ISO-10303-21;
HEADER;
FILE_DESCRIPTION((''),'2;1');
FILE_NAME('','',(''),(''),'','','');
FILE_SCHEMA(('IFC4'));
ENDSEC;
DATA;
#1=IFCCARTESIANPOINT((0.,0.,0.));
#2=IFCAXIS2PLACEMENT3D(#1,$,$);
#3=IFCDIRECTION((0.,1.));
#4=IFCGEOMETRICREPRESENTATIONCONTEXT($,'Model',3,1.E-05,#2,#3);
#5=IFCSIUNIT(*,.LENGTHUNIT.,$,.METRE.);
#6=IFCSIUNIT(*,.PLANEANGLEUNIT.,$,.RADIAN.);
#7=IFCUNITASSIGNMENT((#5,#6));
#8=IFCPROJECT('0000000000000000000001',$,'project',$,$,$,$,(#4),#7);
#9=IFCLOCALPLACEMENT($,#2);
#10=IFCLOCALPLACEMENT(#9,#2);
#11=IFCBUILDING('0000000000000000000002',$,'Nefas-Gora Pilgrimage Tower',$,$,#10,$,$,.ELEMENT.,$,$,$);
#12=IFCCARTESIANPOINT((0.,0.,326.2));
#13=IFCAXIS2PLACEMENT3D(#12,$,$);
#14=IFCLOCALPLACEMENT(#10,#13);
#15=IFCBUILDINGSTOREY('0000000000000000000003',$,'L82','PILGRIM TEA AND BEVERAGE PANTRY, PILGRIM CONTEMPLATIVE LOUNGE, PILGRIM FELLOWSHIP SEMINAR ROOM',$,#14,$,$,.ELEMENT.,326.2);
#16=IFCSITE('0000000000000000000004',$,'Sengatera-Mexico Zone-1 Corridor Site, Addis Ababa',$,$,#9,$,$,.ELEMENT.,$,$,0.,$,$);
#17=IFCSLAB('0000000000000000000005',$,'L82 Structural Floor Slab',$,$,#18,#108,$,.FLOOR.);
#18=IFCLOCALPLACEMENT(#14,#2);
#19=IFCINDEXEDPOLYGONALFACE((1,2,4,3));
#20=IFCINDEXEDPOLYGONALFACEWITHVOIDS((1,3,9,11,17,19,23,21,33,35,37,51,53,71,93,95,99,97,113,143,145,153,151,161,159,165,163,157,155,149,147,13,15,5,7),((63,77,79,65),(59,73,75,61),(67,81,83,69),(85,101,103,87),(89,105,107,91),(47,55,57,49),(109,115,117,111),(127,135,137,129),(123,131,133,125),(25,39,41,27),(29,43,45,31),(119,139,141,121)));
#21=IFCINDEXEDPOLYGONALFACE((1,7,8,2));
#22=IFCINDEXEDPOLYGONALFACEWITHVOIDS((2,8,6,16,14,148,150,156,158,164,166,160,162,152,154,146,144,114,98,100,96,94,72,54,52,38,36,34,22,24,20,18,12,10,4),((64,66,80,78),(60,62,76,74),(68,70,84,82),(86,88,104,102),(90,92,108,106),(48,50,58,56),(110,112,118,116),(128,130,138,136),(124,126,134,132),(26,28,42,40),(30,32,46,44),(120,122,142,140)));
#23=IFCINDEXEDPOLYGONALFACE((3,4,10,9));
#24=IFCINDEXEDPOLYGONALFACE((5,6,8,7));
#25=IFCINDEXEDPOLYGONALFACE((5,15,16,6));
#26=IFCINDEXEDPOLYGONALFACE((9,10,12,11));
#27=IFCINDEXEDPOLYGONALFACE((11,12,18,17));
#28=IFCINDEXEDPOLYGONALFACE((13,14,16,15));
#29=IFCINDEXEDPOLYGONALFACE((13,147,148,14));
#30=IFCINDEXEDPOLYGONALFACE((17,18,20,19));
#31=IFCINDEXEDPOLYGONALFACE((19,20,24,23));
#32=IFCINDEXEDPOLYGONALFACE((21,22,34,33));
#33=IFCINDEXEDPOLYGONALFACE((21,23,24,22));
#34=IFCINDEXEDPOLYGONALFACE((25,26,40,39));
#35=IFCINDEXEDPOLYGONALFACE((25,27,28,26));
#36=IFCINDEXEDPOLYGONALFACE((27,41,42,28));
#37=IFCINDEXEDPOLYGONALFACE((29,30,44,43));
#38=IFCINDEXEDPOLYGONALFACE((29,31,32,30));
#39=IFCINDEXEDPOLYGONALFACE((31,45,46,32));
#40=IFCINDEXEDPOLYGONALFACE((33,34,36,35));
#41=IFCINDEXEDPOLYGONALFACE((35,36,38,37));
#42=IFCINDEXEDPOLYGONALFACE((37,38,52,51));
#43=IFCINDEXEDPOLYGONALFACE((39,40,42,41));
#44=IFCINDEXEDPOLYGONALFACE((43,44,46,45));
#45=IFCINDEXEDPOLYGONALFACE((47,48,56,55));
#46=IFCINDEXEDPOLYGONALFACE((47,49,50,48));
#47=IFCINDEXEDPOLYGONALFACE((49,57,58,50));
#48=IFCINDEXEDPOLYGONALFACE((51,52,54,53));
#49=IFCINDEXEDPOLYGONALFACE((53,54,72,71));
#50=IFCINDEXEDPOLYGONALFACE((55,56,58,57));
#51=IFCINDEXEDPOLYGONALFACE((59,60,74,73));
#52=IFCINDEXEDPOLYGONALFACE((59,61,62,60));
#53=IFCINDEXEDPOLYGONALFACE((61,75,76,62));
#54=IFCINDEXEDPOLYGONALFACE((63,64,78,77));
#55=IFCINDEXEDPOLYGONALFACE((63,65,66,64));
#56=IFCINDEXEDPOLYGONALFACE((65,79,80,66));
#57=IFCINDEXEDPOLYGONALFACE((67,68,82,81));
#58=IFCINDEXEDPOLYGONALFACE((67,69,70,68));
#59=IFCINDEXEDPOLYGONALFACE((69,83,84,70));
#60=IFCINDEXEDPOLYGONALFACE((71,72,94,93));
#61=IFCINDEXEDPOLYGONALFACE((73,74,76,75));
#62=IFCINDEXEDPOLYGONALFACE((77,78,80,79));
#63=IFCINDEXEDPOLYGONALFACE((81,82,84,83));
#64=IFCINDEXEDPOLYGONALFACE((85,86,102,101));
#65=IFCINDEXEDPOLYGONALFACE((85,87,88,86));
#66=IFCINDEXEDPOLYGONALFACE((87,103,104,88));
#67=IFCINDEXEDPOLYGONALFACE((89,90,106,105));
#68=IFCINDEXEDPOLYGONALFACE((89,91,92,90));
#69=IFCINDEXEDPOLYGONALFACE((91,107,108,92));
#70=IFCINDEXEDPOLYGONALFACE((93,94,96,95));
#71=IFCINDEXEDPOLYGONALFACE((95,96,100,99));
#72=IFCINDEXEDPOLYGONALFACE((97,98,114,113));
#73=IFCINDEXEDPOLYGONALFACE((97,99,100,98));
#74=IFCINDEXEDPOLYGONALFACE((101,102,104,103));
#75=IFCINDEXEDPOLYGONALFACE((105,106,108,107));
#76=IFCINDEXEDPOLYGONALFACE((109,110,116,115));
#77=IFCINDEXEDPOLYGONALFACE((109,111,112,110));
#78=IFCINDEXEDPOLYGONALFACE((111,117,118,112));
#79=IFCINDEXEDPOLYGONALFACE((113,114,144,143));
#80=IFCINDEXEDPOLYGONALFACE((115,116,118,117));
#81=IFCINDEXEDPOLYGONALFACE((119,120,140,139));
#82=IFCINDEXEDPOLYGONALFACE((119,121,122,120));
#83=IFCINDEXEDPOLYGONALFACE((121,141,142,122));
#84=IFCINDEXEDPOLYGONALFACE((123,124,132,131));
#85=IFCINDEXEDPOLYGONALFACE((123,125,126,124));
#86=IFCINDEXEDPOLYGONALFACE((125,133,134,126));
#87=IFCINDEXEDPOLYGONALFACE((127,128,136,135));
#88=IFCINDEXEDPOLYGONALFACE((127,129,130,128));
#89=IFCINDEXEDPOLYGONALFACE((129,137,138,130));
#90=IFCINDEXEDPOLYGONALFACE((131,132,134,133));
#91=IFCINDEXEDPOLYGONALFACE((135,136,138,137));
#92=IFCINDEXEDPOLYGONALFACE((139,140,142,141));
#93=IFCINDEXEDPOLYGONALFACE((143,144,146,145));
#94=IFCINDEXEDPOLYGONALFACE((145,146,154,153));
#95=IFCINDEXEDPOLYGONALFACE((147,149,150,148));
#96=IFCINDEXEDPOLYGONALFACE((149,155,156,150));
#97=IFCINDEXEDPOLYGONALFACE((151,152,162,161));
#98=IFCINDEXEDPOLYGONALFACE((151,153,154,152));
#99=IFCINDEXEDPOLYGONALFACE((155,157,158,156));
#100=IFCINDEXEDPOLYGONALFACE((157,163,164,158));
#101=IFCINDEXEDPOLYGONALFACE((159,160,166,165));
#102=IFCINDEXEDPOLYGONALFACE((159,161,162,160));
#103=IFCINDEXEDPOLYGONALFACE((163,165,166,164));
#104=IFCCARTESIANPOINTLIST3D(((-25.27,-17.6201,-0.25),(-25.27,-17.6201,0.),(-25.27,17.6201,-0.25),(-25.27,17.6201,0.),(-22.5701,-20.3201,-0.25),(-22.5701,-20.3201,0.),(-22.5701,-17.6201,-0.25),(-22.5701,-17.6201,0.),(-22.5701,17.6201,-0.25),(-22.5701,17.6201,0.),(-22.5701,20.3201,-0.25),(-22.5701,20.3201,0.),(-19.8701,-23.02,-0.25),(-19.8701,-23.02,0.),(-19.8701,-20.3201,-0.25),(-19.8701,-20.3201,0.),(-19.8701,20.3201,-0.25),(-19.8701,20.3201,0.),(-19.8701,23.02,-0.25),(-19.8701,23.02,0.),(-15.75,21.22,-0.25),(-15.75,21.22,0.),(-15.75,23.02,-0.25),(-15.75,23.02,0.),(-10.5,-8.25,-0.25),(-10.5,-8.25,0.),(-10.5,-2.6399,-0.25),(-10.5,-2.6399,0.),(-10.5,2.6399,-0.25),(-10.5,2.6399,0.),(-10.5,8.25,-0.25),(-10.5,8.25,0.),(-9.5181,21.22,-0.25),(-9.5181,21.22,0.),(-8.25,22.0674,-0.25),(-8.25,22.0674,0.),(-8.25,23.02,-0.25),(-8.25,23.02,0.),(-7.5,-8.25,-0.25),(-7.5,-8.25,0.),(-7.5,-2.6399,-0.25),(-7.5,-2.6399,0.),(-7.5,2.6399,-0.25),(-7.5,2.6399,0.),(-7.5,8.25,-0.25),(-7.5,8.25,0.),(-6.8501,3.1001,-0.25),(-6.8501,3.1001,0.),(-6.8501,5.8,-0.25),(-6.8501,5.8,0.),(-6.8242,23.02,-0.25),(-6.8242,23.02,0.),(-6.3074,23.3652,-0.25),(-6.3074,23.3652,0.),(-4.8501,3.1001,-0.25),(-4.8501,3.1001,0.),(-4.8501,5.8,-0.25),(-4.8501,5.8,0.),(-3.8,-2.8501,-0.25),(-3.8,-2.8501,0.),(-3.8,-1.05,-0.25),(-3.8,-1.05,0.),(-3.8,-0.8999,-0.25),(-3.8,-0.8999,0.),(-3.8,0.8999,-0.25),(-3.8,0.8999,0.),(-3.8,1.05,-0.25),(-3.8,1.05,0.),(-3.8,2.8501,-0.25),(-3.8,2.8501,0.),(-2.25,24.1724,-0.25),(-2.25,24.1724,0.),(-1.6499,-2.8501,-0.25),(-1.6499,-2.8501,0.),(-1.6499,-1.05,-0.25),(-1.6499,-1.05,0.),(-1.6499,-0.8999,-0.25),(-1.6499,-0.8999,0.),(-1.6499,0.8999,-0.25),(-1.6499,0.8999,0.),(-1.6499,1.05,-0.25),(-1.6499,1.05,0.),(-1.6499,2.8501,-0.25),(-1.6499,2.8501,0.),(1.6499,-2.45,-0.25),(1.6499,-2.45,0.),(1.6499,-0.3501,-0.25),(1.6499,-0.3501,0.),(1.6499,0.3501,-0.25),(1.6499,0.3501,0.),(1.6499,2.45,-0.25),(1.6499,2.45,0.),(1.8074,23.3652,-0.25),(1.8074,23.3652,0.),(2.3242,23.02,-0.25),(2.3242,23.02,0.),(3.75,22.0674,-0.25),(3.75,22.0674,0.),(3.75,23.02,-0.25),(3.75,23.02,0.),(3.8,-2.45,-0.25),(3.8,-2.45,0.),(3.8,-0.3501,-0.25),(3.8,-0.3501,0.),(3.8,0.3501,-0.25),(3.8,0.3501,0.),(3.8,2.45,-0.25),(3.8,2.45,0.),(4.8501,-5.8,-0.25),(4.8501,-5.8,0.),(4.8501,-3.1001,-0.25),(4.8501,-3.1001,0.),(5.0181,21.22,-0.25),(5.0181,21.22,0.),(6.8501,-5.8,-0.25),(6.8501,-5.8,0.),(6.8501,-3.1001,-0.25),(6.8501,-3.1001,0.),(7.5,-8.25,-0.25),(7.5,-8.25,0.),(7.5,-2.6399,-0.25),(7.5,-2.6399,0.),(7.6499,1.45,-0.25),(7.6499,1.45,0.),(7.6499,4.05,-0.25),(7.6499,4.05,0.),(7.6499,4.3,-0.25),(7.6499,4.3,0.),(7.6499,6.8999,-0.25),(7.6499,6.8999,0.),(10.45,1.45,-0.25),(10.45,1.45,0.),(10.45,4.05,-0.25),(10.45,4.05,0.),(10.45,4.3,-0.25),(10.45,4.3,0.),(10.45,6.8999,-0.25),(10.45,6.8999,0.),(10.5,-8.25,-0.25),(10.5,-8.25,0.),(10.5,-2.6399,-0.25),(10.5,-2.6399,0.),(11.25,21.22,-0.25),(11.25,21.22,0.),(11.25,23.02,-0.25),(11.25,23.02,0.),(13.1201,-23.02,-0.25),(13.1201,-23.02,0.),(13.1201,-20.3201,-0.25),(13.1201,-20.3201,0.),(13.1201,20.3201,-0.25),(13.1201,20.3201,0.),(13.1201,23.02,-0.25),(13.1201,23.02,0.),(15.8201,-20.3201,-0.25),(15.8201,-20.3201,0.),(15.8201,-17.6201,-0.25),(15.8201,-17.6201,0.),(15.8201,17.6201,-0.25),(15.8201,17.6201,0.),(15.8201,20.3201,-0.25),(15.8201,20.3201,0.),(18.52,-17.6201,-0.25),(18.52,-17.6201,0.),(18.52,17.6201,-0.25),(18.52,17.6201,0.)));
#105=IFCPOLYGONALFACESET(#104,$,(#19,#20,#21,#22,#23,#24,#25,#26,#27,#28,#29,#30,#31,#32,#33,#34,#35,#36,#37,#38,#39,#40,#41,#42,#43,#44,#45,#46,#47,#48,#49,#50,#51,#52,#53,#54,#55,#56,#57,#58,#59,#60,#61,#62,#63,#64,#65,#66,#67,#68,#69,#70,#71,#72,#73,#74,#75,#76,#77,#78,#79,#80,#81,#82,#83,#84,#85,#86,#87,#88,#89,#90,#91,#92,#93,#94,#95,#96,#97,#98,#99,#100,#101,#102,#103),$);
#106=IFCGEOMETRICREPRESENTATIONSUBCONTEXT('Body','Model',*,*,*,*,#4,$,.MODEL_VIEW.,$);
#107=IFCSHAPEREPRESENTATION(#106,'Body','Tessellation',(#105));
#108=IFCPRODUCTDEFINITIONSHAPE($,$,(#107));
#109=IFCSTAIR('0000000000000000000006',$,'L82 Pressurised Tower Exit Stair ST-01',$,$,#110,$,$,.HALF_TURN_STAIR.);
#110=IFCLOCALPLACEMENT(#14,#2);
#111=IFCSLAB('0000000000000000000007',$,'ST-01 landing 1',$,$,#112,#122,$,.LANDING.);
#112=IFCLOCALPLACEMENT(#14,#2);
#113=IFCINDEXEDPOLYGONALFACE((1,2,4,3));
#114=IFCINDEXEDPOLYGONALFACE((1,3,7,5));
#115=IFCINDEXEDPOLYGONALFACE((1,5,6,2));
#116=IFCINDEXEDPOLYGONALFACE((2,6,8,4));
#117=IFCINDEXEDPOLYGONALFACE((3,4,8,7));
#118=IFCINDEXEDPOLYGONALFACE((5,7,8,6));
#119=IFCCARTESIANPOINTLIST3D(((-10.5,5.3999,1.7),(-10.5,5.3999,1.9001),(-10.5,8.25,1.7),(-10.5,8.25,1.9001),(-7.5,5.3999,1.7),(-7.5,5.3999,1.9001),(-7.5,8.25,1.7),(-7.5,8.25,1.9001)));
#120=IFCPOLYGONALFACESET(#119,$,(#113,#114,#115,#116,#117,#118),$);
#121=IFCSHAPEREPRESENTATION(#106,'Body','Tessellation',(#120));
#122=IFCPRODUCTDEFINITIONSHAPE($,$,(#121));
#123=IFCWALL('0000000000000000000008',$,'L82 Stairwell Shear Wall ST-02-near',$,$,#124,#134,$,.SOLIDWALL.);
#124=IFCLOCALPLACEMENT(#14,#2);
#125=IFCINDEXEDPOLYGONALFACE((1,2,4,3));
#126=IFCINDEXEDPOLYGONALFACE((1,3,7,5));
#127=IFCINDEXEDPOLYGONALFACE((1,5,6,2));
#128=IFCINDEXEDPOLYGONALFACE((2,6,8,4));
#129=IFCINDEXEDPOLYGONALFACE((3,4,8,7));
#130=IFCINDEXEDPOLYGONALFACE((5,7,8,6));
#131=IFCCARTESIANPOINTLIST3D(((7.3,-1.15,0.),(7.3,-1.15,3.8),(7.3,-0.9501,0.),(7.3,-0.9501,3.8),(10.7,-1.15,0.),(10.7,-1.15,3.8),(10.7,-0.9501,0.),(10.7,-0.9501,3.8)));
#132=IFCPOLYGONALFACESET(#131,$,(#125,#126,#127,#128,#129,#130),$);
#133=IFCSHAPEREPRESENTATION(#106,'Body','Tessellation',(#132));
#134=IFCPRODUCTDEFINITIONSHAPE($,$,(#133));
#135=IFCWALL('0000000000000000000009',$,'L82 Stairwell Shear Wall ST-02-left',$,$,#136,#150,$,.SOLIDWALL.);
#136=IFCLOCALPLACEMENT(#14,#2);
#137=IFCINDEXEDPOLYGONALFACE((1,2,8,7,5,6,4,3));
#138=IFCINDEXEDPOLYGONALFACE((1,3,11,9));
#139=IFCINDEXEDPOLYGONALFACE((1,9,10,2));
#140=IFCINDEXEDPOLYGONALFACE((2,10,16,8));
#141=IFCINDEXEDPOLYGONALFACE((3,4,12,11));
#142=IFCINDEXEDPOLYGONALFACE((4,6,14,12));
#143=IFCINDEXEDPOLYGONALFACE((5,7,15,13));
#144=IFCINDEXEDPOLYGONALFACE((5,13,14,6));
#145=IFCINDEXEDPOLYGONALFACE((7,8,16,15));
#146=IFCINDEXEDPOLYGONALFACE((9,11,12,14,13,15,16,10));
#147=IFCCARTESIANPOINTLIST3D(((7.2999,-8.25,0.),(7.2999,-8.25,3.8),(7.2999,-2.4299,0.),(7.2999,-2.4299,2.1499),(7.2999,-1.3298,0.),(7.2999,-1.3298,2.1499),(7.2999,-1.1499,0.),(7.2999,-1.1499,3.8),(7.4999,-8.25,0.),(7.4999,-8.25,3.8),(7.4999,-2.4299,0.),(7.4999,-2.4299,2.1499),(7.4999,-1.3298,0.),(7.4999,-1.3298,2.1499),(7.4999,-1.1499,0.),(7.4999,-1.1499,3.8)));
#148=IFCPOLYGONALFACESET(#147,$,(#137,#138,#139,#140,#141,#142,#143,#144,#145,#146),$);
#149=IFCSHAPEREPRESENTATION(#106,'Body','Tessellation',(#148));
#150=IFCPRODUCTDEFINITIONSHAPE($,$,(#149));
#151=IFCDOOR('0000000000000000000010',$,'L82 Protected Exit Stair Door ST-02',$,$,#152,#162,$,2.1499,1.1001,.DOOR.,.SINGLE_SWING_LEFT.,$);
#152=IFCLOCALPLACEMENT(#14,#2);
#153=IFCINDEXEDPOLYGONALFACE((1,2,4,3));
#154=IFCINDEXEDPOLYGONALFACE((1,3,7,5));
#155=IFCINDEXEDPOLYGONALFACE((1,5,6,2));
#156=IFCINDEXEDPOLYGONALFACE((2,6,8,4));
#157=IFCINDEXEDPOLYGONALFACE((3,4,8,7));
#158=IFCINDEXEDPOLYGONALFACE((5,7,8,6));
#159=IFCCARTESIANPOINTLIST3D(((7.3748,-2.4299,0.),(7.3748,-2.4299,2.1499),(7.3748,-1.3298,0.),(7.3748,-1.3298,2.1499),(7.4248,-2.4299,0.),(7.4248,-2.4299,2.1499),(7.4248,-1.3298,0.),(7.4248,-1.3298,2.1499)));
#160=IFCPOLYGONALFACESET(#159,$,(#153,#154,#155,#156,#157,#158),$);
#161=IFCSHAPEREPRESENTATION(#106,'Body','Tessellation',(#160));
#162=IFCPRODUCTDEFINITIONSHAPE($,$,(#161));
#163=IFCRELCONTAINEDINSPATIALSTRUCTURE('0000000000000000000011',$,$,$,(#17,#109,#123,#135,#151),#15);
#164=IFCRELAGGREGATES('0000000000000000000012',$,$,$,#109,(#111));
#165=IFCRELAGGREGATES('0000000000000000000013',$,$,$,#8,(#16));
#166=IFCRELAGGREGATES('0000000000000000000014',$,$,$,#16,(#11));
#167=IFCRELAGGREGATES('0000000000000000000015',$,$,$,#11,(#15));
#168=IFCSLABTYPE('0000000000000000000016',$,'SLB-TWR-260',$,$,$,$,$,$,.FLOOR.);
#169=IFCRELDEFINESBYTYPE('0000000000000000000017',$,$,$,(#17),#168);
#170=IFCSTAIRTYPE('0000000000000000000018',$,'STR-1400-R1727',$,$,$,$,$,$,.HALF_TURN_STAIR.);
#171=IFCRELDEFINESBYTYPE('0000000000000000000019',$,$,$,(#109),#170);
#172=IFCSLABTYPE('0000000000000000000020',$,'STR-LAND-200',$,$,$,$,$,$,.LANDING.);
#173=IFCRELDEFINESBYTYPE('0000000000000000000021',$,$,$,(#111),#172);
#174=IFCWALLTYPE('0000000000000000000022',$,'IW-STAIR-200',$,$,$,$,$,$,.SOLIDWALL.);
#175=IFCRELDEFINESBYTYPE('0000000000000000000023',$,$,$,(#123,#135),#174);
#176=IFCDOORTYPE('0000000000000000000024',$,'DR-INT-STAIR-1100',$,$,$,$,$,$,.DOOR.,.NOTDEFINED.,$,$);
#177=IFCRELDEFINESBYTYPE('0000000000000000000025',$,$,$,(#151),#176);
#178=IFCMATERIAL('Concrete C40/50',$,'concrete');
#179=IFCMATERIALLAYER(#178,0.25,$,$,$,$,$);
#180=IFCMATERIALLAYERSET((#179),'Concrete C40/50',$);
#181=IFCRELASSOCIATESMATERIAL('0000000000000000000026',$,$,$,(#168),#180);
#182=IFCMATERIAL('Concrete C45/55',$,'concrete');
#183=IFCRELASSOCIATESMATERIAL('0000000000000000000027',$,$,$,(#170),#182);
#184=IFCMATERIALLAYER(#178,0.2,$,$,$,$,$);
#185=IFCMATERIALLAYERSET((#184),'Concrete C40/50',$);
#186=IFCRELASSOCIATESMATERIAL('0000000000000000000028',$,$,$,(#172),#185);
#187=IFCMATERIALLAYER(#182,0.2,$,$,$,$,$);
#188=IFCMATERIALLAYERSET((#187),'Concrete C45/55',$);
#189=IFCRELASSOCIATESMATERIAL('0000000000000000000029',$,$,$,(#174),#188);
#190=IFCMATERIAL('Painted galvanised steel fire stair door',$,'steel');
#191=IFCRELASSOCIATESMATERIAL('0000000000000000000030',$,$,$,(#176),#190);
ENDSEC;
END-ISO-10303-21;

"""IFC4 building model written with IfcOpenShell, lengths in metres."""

from ifc_helpers import new_model, si_unit, direction, frame, frame_2d, origin, place, context, subcontext, project, spatial, polyline, rectangle, outline, extrude, source, transform, mapped, material, layer, layer_set, type_object, element, fill, aggregate, save


model = new_model("IFC4")

# Units and contexts
model_context = context("Model", 3, precision=1e-05, world=origin(), true_north=direction((0.0, 1.0)))
body_context = subcontext(model_context, "Body", "Model", "MODEL_VIEW")
ifc_project = project(units=[si_unit("LENGTHUNIT", "METRE"), si_unit("PLANEANGLEUNIT", "RADIAN")], contexts=[model_context])

# Site, building, storey
site_placement = place(None, origin())
site = spatial("IfcSite", under=ifc_project, at=site_placement, Name="Sengatera-Mexico Zone-1 Corridor Site, Addis Ababa", CompositionType="ELEMENT", RefElevation=0.0)
building_placement = place(site_placement, origin())
building = spatial("IfcBuilding", under=site, at=building_placement, Name="Nefas-Gora Pilgrimage Tower", CompositionType="ELEMENT")
storey_placement = place(building_placement, frame((0.0, 0.0, 326.2)))
storey = spatial("IfcBuildingStorey", under=building, at=storey_placement, Name="L82", Description="PILGRIM TEA AND BEVERAGE PANTRY, PILGRIM CONTEMPLATIVE LOUNGE, PILGRIM FELLOWSHIP SEMINAR ROOM", CompositionType="ELEMENT", Elevation=326.2)

# Slab
ifc_material_1 = material(Name="Concrete C40/50", Category="concrete")
ifc_layer_1 = layer(ifc_material_1, 0.25)
ifc_layer_set_1 = layer_set([ifc_layer_1], Name="Concrete C40/50")
slab_type_1 = type_object("IfcSlabType", Name="SLB-TWR-260", PredefinedType="FLOOR", material=ifc_layer_set_1)
slab_1_placement = place(storey_placement, frame((0.0, 0.0, -0.25)))
element("IfcSlab", 1, at=slab_1_placement, inside=storey, type_object=slab_type_1, Name="L82 Structural Floor Slab", PredefinedType="FLOOR", context=body_context, shape_type="SweptSolid", body=[
    extrude(outline(polyline([(15.8201, -17.6201), (18.52, -17.6201), (18.52, 17.6201), (15.8201, 17.6201), (15.8201, 20.3201), (13.1201, 20.3201), (13.1201, 23.02), (11.25, 23.02), (11.25, 21.22), (5.0181, 21.22), (3.75, 22.0674), (3.75, 23.02), (2.3242, 23.02), (1.8074, 23.3652), (-2.25, 24.1724), (-6.3074, 23.3652), (-6.8242, 23.02), (-8.25, 23.02), (-8.25, 22.0674), (-9.5181, 21.22), (-15.75, 21.22), (-15.75, 23.02), (-19.8701, 23.02), (-19.8701, 20.3201), (-22.5701, 20.3201), (-22.5701, 17.6201), (-25.27, 17.6201), (-25.27, -17.6201), (-22.5701, -17.6201), (-22.5701, -20.3201), (-19.8701, -20.3201), (-19.8701, -23.02), (13.1201, -23.02), (13.1201, -20.3201), (15.8201, -20.3201), (15.8201, -17.6201)]), holes=[polyline([(-10.5, 2.6399), (-10.5, 8.25), (-7.5, 8.25), (-7.5, 2.6399), (-10.5, 2.6399)]), polyline([(10.5, -2.6399), (10.5, -8.25), (7.5, -8.25), (7.5, -2.6399), (10.5, -2.6399)]), polyline([(-7.5, -2.6399), (-7.5, -8.25), (-10.5, -8.25), (-10.5, -2.6399), (-7.5, -2.6399)]), polyline([(-6.8501, 5.8), (-4.8501, 5.8), (-4.8501, 3.1001), (-6.8501, 3.1001), (-6.8501, 5.8)]), polyline([(4.8501, -3.1001), (6.8501, -3.1001), (6.8501, -5.8), (4.8501, -5.8), (4.8501, -3.1001)]), polyline([(7.6499, 4.05), (10.45, 4.05), (10.45, 1.45), (7.6499, 1.45), (7.6499, 4.05)]), polyline([(7.6499, 6.8999), (10.45, 6.8999), (10.45, 4.3), (7.6499, 4.3), (7.6499, 6.8999)]), polyline([(-3.8, -1.05), (-1.6499, -1.05), (-1.6499, -2.8501), (-3.8, -2.8501), (-3.8, -1.05)]), polyline([(-3.8, 0.8999), (-1.6499, 0.8999), (-1.6499, -0.8999), (-3.8, -0.8999), (-3.8, 0.8999)]), polyline([(-3.8, 2.8501), (-1.6499, 2.8501), (-1.6499, 1.05), (-3.8, 1.05), (-3.8, 2.8501)]), polyline([(1.6499, -0.3501), (3.8, -0.3501), (3.8, -2.45), (1.6499, -2.45), (1.6499, -0.3501)]), polyline([(1.6499, 2.45), (3.8, 2.45), (3.8, 0.3501), (1.6499, 0.3501), (1.6499, 2.45)])]), origin(), (0.0, 0.0, 1.0), 0.25),
])

# Stair, slab
ifc_material_2 = material(Name="Concrete C45/55", Category="concrete")
stair_type = type_object("IfcStairType", Name="STR-1400-R1727", PredefinedType="HALF_TURN_STAIR", material=ifc_material_2)
stair_1_placement = place(storey_placement, origin())
stair_1 = element("IfcStair", 2, at=stair_1_placement, inside=storey, type_object=stair_type, Name="L82 Pressurised Tower Exit Stair ST-01", PredefinedType="HALF_TURN_STAIR")
ifc_layer_2 = layer(ifc_material_1, 0.2)
ifc_layer_set_2 = layer_set([ifc_layer_2], Name="Concrete C40/50")
slab_type_2 = type_object("IfcSlabType", Name="STR-LAND-200", PredefinedType="LANDING", material=ifc_layer_set_2)
slab_2_placement = place(storey_placement, frame((0.0, 0.0, 1.7)))
slab_2 = element("IfcSlab", 3, at=slab_2_placement, type_object=slab_type_2, Name="ST-01 landing 1", PredefinedType="LANDING", context=body_context, shape_type="SweptSolid", body=[
    extrude(outline(polyline([(-7.5, 5.3999), (-7.5, 8.25), (-10.5, 8.25), (-10.5, 5.3999), (-7.5, 5.3999)])), origin(), (0.0, 0.0, 1.0), 0.2002),
])
aggregate(stair_1, [slab_2])

# Wall
ifc_layer_3 = layer(ifc_material_2, 0.2)
ifc_layer_set_3 = layer_set([ifc_layer_3], Name="Concrete C45/55")
wall_type_1 = type_object("IfcWallType", Name="IW-STAIR-200", PredefinedType="SOLIDWALL", material=ifc_layer_set_3)
shared_shape_1 = source(origin(), body_context, "Body", "SweptSolid", [
    extrude(rectangle(XDim=3.3999, YDim=0.2, at=frame_2d((1.7, 0.0))), origin(), (0.0, 0.0, 1.0), 3.8),
])
wall_1_placement = place(storey_placement, frame((7.3, -1.05, 0.0), z_axis=(0.0, 0.0, 1.0), x_axis=(1.0, 0.0, 0.0)))
element("IfcWall", 4, at=wall_1_placement, inside=storey, type_object=wall_type_1, Name="L82 Stairwell Shear Wall ST-02-near", PredefinedType="SOLIDWALL", context=body_context, shape_type="MappedRepresentation", body=[
    mapped(shared_shape_1, transform((0.0, 0.0, 0.0), x_axis=(1.0, 0.0, 0.0), y_axis=(0.0, 1.0, 0.0), z_axis=(0.0, 0.0, 1.0), scale=1.0)),
])

# Wall, opening, door
shared_shape_2 = source(origin(), body_context, "Body", "SweptSolid", [
    extrude(rectangle(XDim=7.1001, YDim=0.2, at=frame_2d((3.55, 0.0))), origin(), (0.0, 0.0, 1.0), 3.8),
])
wall_2_placement = place(storey_placement, frame((7.3999, -1.1499, 0.0), z_axis=(0.0, 0.0, 1.0), x_axis=(0.0, -1.0, 0.0)))
wall_2 = element("IfcWall", 5, at=wall_2_placement, inside=storey, type_object=wall_type_1, Name="L82 Stairwell Shear Wall ST-02-left", PredefinedType="SOLIDWALL", context=body_context, shape_type="MappedRepresentation", body=[
    mapped(shared_shape_2, transform((0.0, 0.0, 0.0), x_axis=(1.0, 0.0, 0.0), y_axis=(0.0, 1.0, 0.0), z_axis=(0.0, 0.0, 1.0), scale=1.0)),
])
opening_1_placement = place(wall_2_placement, frame((0.1799, 0.0, 0.0)))
opening_1 = element("IfcOpeningElement", 6, at=opening_1_placement, cuts=wall_2, PredefinedType="OPENING", context=body_context, shape_type="SweptSolid", body=[
    extrude(rectangle(XDim=1.1001, YDim=2.1499, at=frame_2d((0.55, 1.075))), frame((0.0, 0.1099, 0.0), z_axis=(0.0, -1.0, 0.0), x_axis=(1.0, 0.0, 0.0)), (0.0, 0.0, 1.0), 0.22),
])
ifc_material_3 = material(Name="Painted galvanised steel fire stair door", Category="steel")
door_type_1 = type_object("IfcDoorType", Name="DR-INT-STAIR-1100", OperationType="NOTDEFINED", PredefinedType="DOOR", material=ifc_material_3)
shared_shape_3 = source(origin(), body_context, "Body", "SweptSolid", [
    extrude(rectangle(XDim=1.1001, YDim=2.1499, at=frame_2d((0.55, 1.075))), frame((0.0, 0.0249, 0.0), z_axis=(0.0, -1.0, 0.0), x_axis=(1.0, 0.0, 0.0)), (0.0, 0.0, 1.0), 0.05),
])
door_1_placement = place(opening_1_placement, origin())
door_1 = element("IfcDoor", 7, at=door_1_placement, inside=storey, type_object=door_type_1, Name="L82 Protected Exit Stair Door ST-02", OperationType="SINGLE_SWING_LEFT", OverallHeight=2.1499, OverallWidth=1.1001, PredefinedType="DOOR", context=body_context, shape_type="MappedRepresentation", body=[
    mapped(shared_shape_3, transform((0.0, 0.0, 0.0), x_axis=(1.0, 0.0, 0.0), y_axis=(0.0, 1.0, 0.0), z_axis=(0.0, 0.0, 1.0), scale=1.0)),
])
fill(opening_1, door_1)

save(model, "model.ifc")
